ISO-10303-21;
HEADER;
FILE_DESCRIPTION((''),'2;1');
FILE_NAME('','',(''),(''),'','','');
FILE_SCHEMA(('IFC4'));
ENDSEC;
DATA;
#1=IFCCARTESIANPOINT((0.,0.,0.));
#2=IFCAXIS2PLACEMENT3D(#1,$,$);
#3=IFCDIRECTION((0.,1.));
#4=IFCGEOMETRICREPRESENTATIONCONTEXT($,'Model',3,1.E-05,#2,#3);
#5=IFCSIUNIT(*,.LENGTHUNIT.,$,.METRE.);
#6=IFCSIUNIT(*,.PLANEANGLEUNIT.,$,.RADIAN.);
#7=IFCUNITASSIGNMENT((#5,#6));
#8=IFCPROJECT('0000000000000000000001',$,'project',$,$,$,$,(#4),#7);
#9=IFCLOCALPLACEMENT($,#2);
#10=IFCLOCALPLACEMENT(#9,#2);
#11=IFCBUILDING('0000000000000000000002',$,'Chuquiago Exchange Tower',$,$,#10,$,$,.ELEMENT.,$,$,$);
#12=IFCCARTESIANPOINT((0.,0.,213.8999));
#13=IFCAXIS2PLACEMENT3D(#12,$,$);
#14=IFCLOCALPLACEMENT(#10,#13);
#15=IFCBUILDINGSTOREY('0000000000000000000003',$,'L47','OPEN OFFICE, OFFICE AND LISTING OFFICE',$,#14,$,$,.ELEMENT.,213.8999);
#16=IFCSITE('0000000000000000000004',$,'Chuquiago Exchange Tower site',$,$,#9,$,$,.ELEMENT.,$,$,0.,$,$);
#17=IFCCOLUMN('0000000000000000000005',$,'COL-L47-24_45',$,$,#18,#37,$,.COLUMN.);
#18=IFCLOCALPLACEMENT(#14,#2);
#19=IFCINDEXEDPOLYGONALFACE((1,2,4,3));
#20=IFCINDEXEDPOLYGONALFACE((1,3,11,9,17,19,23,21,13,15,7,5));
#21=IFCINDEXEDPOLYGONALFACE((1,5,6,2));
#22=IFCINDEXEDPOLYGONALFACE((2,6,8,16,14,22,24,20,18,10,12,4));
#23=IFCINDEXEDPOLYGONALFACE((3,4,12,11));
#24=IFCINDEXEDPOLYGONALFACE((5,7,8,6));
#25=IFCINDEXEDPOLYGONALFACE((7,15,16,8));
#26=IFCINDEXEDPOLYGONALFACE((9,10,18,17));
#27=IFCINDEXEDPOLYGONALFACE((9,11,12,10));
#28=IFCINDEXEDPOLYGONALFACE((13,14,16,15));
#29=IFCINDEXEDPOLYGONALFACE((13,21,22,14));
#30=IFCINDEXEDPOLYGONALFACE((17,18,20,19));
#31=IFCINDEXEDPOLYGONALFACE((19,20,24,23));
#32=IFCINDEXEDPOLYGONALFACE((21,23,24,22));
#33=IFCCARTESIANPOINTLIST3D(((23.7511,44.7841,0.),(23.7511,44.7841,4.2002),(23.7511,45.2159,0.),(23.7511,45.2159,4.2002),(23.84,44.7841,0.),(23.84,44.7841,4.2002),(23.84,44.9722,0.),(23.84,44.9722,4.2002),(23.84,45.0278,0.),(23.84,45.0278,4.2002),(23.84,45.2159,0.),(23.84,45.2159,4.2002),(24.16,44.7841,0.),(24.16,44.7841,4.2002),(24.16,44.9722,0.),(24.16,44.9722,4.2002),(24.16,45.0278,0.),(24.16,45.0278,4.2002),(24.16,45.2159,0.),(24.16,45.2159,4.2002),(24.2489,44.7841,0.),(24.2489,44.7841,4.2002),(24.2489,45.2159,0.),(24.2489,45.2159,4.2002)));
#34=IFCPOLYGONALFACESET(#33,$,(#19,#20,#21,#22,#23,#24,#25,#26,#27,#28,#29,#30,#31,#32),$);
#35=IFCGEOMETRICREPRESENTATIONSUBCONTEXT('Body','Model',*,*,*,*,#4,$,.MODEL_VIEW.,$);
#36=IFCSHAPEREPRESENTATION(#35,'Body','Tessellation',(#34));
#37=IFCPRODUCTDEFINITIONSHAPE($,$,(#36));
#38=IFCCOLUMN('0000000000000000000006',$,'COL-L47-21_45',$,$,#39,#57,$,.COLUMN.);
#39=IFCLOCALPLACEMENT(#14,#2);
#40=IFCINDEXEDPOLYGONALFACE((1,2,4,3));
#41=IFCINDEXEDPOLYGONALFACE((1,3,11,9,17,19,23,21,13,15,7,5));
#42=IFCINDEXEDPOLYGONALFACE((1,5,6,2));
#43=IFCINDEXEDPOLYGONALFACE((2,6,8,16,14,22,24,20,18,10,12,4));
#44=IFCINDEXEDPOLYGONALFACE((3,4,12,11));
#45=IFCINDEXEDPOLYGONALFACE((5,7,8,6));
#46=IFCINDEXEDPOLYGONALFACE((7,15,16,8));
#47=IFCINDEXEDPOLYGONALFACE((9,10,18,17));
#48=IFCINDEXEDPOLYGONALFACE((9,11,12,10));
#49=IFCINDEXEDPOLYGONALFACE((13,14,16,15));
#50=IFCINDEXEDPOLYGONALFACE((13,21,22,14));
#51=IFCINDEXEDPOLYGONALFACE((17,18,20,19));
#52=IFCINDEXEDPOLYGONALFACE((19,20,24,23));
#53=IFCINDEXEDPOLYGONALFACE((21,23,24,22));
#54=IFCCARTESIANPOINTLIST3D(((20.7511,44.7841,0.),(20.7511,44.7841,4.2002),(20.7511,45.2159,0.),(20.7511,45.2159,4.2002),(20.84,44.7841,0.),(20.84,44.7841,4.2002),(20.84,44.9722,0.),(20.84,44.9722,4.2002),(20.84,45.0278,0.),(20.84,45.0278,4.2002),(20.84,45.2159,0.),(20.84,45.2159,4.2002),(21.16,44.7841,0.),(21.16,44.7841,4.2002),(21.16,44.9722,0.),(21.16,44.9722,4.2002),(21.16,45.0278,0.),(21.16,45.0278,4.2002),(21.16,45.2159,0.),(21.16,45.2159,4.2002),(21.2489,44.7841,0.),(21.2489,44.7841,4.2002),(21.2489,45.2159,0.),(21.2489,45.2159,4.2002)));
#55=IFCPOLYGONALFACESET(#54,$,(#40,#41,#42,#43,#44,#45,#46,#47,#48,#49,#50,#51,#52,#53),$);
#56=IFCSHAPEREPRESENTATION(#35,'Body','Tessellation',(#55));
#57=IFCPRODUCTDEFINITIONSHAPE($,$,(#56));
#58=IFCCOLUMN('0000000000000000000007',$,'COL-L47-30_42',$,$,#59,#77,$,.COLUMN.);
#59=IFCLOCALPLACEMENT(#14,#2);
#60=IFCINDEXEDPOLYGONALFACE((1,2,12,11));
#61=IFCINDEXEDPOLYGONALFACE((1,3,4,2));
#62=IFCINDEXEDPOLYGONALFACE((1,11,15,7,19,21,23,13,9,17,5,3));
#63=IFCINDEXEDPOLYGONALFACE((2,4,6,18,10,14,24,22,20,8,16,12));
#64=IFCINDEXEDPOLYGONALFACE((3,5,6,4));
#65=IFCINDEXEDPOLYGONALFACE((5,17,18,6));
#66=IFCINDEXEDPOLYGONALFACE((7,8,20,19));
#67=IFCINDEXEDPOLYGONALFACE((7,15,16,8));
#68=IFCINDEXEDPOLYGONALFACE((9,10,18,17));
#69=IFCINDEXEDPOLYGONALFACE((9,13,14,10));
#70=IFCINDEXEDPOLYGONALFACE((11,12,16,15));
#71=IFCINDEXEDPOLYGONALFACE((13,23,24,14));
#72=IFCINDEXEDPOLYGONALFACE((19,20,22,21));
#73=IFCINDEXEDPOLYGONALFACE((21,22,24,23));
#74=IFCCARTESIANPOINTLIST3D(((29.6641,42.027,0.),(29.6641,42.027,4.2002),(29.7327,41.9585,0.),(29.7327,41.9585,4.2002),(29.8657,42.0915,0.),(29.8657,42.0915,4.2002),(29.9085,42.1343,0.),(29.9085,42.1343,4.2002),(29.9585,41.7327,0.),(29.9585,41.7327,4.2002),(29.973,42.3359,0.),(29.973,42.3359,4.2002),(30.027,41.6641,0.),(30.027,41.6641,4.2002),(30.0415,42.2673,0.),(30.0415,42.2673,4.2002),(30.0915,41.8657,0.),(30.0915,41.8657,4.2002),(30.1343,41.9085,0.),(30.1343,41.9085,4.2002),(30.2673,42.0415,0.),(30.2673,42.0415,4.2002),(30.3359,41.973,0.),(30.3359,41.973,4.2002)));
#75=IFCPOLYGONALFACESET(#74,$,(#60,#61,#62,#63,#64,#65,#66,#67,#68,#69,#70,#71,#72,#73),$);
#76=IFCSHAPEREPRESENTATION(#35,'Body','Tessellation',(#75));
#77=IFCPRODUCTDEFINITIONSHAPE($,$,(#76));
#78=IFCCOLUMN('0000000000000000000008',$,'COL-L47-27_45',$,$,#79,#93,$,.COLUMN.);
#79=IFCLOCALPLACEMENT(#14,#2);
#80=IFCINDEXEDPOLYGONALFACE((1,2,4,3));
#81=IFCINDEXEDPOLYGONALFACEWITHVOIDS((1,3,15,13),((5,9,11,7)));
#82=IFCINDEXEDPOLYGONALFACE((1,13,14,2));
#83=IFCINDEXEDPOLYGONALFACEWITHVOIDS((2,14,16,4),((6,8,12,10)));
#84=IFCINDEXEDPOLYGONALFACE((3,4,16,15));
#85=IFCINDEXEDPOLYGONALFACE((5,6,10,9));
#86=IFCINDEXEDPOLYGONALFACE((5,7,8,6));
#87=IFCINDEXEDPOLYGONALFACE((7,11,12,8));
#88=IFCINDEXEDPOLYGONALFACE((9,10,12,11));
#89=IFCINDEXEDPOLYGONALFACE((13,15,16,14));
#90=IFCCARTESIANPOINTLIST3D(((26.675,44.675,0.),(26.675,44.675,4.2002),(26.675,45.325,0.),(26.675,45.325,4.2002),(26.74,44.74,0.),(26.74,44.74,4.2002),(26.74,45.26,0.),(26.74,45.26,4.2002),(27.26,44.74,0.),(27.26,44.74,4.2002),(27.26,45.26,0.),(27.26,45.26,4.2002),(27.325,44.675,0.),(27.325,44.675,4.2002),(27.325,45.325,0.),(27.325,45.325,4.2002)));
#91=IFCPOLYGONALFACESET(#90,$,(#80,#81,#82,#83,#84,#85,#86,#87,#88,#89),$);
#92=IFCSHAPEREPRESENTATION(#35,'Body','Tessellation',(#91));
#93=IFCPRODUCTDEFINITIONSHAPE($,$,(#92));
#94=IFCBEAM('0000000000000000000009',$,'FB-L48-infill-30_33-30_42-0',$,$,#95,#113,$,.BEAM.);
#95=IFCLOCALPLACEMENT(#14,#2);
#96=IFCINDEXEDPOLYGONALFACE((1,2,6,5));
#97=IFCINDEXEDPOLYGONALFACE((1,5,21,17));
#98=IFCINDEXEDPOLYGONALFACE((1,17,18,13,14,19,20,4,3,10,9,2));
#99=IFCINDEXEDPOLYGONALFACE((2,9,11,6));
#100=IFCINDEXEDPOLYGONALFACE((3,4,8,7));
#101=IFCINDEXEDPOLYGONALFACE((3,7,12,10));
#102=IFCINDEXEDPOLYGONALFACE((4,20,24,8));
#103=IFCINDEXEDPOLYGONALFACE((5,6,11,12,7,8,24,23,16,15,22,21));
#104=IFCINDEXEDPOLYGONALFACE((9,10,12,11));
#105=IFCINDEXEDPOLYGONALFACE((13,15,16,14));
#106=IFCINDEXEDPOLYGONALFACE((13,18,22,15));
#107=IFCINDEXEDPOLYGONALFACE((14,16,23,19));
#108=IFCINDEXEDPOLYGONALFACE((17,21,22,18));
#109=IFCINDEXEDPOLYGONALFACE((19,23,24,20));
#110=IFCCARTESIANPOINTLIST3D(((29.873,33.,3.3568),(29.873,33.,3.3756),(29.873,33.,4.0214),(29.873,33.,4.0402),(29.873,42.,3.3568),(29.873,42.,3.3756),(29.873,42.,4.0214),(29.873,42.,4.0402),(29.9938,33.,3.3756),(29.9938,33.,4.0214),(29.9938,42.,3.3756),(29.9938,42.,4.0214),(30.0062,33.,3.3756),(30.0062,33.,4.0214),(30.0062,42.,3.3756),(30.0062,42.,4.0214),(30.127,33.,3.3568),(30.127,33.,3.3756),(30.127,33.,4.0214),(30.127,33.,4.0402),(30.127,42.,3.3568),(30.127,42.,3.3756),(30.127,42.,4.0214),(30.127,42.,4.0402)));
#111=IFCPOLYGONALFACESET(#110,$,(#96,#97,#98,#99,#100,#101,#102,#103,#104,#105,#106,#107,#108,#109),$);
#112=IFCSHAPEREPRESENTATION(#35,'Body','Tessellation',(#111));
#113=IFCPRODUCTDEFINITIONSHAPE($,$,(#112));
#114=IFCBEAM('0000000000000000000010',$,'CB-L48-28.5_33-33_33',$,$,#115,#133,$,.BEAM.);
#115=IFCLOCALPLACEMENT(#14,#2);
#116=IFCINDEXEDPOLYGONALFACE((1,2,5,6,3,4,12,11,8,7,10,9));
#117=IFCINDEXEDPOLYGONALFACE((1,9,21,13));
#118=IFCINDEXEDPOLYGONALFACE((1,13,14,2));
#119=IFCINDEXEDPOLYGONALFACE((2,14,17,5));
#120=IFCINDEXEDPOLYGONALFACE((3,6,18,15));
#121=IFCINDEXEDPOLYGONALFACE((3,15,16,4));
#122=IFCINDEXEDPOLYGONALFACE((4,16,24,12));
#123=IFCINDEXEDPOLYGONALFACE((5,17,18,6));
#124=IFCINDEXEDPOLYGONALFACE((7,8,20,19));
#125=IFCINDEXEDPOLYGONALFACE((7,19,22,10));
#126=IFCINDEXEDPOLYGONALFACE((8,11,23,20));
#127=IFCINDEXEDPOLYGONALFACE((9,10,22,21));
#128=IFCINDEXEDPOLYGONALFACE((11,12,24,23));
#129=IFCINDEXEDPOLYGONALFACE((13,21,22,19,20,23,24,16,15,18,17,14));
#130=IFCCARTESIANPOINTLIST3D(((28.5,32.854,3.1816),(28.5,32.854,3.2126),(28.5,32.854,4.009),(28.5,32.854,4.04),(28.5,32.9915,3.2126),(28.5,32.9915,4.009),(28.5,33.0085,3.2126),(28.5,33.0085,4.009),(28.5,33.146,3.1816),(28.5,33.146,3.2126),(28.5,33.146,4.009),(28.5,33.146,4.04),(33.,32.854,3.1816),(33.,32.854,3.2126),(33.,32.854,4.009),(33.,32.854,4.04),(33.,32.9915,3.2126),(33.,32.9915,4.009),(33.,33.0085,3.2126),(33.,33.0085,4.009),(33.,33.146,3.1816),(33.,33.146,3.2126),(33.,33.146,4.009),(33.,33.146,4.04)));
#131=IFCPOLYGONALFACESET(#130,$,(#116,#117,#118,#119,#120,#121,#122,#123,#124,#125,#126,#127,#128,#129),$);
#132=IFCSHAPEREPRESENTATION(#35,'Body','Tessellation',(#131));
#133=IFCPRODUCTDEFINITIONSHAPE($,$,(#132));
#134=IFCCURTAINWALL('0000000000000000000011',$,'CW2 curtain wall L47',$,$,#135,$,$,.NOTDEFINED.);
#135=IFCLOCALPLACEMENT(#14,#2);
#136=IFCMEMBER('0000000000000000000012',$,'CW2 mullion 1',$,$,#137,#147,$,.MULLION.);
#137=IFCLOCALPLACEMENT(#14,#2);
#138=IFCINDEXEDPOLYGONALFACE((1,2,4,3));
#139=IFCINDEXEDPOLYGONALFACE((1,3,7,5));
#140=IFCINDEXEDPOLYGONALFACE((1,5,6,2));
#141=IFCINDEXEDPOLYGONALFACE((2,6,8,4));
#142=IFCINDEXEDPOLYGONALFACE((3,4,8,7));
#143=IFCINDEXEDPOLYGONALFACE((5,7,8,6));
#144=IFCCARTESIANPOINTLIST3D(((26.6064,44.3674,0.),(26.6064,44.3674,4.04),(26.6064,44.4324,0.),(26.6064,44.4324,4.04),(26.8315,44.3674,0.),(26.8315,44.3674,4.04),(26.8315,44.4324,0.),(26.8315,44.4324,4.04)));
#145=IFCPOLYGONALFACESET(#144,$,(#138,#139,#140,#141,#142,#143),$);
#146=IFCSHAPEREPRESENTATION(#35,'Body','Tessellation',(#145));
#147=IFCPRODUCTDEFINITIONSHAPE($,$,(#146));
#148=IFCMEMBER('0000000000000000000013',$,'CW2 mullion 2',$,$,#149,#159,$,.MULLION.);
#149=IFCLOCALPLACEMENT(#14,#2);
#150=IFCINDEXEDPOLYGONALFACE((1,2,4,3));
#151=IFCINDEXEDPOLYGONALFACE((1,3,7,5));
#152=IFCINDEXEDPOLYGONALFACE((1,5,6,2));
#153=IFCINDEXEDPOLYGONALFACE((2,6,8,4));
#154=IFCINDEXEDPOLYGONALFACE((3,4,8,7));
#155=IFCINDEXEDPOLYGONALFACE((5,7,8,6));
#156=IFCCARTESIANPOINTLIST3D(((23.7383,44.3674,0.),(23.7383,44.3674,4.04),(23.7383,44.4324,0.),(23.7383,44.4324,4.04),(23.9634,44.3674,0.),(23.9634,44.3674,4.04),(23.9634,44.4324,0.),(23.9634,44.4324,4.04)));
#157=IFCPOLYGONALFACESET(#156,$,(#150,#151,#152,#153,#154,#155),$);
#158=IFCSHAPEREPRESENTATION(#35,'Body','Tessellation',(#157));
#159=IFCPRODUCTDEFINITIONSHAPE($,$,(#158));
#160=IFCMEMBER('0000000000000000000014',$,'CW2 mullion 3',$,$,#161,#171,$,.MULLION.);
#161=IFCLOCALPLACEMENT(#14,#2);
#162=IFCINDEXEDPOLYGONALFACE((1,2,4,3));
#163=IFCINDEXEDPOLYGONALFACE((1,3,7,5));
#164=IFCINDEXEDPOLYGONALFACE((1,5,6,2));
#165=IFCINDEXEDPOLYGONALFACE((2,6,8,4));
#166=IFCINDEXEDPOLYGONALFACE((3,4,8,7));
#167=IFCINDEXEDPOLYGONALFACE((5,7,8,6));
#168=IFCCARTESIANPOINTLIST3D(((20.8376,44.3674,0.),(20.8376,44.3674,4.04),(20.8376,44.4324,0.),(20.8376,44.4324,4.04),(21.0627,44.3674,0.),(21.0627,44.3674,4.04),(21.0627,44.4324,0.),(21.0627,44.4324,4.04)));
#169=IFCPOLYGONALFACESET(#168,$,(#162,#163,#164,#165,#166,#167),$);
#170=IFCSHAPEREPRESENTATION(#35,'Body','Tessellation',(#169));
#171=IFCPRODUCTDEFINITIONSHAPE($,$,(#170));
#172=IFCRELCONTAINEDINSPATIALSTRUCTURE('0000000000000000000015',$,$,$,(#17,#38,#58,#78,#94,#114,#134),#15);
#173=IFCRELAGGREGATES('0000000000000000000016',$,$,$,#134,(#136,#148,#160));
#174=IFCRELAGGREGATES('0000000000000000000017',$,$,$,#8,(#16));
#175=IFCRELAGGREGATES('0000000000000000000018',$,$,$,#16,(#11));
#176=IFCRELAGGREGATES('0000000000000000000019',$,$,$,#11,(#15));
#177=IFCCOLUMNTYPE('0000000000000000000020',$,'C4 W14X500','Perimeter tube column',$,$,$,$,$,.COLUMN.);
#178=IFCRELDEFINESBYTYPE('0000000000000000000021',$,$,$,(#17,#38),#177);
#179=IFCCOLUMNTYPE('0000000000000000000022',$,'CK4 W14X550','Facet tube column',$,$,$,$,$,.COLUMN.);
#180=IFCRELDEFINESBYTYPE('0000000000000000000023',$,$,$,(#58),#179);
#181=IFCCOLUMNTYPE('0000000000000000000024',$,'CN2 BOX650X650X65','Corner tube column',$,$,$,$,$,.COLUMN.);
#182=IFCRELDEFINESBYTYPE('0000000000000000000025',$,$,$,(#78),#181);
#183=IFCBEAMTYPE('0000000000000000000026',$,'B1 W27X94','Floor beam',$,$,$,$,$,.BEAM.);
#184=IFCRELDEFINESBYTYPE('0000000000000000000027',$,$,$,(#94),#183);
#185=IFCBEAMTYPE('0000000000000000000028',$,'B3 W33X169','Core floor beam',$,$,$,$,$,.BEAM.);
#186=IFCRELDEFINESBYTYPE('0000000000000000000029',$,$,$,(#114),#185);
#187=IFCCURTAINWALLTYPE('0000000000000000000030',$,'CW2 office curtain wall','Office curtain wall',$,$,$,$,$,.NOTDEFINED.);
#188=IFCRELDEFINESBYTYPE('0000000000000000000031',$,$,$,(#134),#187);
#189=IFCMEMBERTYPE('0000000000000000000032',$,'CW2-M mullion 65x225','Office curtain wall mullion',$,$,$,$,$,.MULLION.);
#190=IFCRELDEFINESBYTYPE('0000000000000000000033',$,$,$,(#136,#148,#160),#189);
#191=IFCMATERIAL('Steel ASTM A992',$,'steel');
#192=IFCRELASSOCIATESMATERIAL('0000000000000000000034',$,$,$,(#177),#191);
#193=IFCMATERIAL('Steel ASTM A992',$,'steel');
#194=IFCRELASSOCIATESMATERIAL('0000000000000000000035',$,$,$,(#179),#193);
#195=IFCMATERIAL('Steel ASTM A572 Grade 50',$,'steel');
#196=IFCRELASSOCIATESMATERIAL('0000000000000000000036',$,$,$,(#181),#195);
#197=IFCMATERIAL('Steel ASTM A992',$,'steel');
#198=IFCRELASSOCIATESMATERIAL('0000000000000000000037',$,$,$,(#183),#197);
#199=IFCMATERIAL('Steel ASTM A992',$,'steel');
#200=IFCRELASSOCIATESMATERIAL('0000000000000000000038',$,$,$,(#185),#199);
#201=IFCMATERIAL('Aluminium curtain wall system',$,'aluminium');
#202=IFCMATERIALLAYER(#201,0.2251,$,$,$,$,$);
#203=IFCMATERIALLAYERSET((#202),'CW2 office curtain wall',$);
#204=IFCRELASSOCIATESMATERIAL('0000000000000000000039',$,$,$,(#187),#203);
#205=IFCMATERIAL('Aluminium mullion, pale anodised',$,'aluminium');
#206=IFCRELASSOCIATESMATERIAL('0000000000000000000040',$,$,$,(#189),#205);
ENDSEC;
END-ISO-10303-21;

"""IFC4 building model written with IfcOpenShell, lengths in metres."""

from ifc_helpers import new_model, si_unit, direction, frame, origin, origin_2d, place, context, subcontext, project, spatial, rectangle, hollow_rectangle, i_section, extrude, material, layer, layer_set, material_profile, profile_set, type_object, element, aggregate, save


model = new_model("IFC4")

# Units and contexts
model_context = context("Model", 3, precision=1e-05, world=origin(), true_north=direction((0.0, 1.0)))
body_context = subcontext(model_context, "Body", "Model", "MODEL_VIEW")
ifc_project = project(units=[si_unit("LENGTHUNIT", "METRE"), si_unit("PLANEANGLEUNIT", "RADIAN")], contexts=[model_context])

# Site, building, storey
site_placement = place(None, origin())
site = spatial("IfcSite", under=ifc_project, at=site_placement, Name="Chuquiago Exchange Tower site", CompositionType="ELEMENT", RefElevation=0.0)
building_placement = place(site_placement, origin())
building = spatial("IfcBuilding", under=site, at=building_placement, Name="Chuquiago Exchange Tower", CompositionType="ELEMENT")
storey_placement = place(building_placement, frame((0.0, 0.0, 213.8999)))
storey = spatial("IfcBuildingStorey", under=building, at=storey_placement, Name="L47", Description="OPEN OFFICE, OFFICE AND LISTING OFFICE", CompositionType="ELEMENT", Elevation=213.8999)

# Columns
ifc_material_1 = material(Name="Steel ASTM A992", Category="steel")
ifc_material_profile_1 = material_profile(ifc_material_1, i_section(OverallWidth=0.4319, OverallDepth=0.4978, WebThickness=0.0557, FlangeThickness=0.0889, at=origin_2d()), Name="W14X500")
ifc_profile_set_1 = profile_set([ifc_material_profile_1], Name="Steel ASTM A992")
column_type_1 = type_object("IfcColumnType", Name="C4 W14X500", Description="Perimeter tube column", PredefinedType="COLUMN", material=ifc_profile_set_1)
for number, where, z_axis, x_axis, name in (
    (1, (24.0, 45.0, 0.0), (0.0, 0.0, 1.0), (0.0, 1.0, 0.0), "COL-L47-24_45"),
    (2, (21.0, 45.0, 0.0), (0.0, 0.0, 1.0), (0.0, 1.0, 0.0), "COL-L47-21_45"),
):
    element("IfcColumn", number, at=place(storey_placement, frame(where, z_axis=z_axis, x_axis=x_axis)), inside=storey, type_object=column_type_1, Name=name, PredefinedType="COLUMN", context=body_context, shape_type="SweptSolid", body=[
        extrude(i_section(OverallWidth=0.4319, OverallDepth=0.4978, WebThickness=0.0557, FlangeThickness=0.0889, at=origin_2d()), origin(), (0.0, 0.0, 1.0), 4.2002),
    ])
ifc_material_2 = material(Name="Steel ASTM A992", Category="steel")
ifc_material_profile_2 = material_profile(ifc_material_2, i_section(OverallWidth=0.4368, OverallDepth=0.5132, WebThickness=0.0605, FlangeThickness=0.0969, at=origin_2d()), Name="W14X550")
ifc_profile_set_2 = profile_set([ifc_material_profile_2], Name="Steel ASTM A992")
column_type_2 = type_object("IfcColumnType", Name="CK4 W14X550", Description="Facet tube column", PredefinedType="COLUMN", material=ifc_profile_set_2)
column_1_placement = place(storey_placement, frame((30.0, 42.0, 0.0), z_axis=(0.0, 0.0, 1.0), x_axis=(0.707107, 0.707107, 0.0)))
element("IfcColumn", 3, at=column_1_placement, inside=storey, type_object=column_type_2, Name="COL-L47-30_42", PredefinedType="COLUMN", context=body_context, shape_type="SweptSolid", body=[
    extrude(i_section(OverallWidth=0.4368, OverallDepth=0.5132, WebThickness=0.0605, FlangeThickness=0.0969, at=origin_2d()), origin(), (0.0, 0.0, 1.0), 4.2002),
])
ifc_material_3 = material(Name="Steel ASTM A572 Grade 50", Category="steel")
ifc_material_profile_3 = material_profile(ifc_material_3, hollow_rectangle(XDim=0.6499, YDim=0.6499, WallThickness=0.0649, at=origin_2d()), Name="BOX650X650X65")
ifc_profile_set_3 = profile_set([ifc_material_profile_3], Name="Steel ASTM A572 Grade 50")
column_type_3 = type_object("IfcColumnType", Name="CN2 BOX650X650X65", Description="Corner tube column", PredefinedType="COLUMN", material=ifc_profile_set_3)
column_2_placement = place(storey_placement, frame((27.0, 45.0, 0.0), z_axis=(0.0, 0.0, 1.0), x_axis=(0.0, 1.0, 0.0)))
element("IfcColumn", 4, at=column_2_placement, inside=storey, type_object=column_type_3, Name="COL-L47-27_45", PredefinedType="COLUMN", context=body_context, shape_type="SweptSolid", body=[
    extrude(hollow_rectangle(XDim=0.6499, YDim=0.6499, WallThickness=0.0649, at=origin_2d()), origin(), (0.0, 0.0, 1.0), 4.2002),
])

# Beams
ifc_material_4 = material(Name="Steel ASTM A992", Category="steel")
ifc_material_profile_4 = material_profile(ifc_material_4, i_section(OverallWidth=0.2539, OverallDepth=0.6833, WebThickness=0.0125, FlangeThickness=0.0188, at=origin_2d()), Name="W27X94")
ifc_profile_set_4 = profile_set([ifc_material_profile_4], Name="Steel ASTM A992")
beam_type_1 = type_object("IfcBeamType", Name="B1 W27X94", Description="Floor beam", PredefinedType="BEAM", material=ifc_profile_set_4)
beam_1_placement = place(storey_placement, frame((30.0, 33.0, 3.6985), z_axis=(0.0, 1.0, 0.0), x_axis=(-1.0, 0.0, 0.0)))
element("IfcBeam", 5, at=beam_1_placement, inside=storey, type_object=beam_type_1, Name="FB-L48-infill-30_33-30_42-0", PredefinedType="BEAM", context=body_context, shape_type="SweptSolid", body=[
    extrude(i_section(OverallWidth=0.2539, OverallDepth=0.6833, WebThickness=0.0125, FlangeThickness=0.0188, at=origin_2d()), origin(), (0.0, 0.0, 1.0), 9.0),
])
ifc_material_5 = material(Name="Steel ASTM A992", Category="steel")
ifc_material_profile_5 = material_profile(ifc_material_5, i_section(OverallWidth=0.292, OverallDepth=0.8584, WebThickness=0.0171, FlangeThickness=0.031, at=origin_2d()), Name="W33X169")
ifc_profile_set_5 = profile_set([ifc_material_profile_5], Name="Steel ASTM A992")
beam_type_2 = type_object("IfcBeamType", Name="B3 W33X169", Description="Core floor beam", PredefinedType="BEAM", material=ifc_profile_set_5)
beam_2_placement = place(storey_placement, frame((28.5, 33.0, 3.6108), z_axis=(1.0, 0.0, 0.0), x_axis=(0.0, 1.0, 0.0)))
element("IfcBeam", 6, at=beam_2_placement, inside=storey, type_object=beam_type_2, Name="CB-L48-28.5_33-33_33", PredefinedType="BEAM", context=body_context, shape_type="SweptSolid", body=[
    extrude(i_section(OverallWidth=0.292, OverallDepth=0.8584, WebThickness=0.0171, FlangeThickness=0.031, at=origin_2d()), origin(), (0.0, 0.0, 1.0), 4.5),
])

# Curtain wall, members
ifc_material_6 = material(Name="Aluminium curtain wall system", Category="aluminium")
ifc_layer_1 = layer(ifc_material_6, 0.2251)
ifc_layer_set_1 = layer_set([ifc_layer_1], Name="CW2 office curtain wall")
curtain_wall_type_1 = type_object("IfcCurtainWallType", Name="CW2 office curtain wall", Description="Office curtain wall", PredefinedType="NOTDEFINED", material=ifc_layer_set_1)
curtain_wall_1_placement = place(storey_placement, origin())
curtain_wall_1 = element("IfcCurtainWall", 7, at=curtain_wall_1_placement, inside=storey, type_object=curtain_wall_type_1, Name="CW2 curtain wall L47", PredefinedType="NOTDEFINED")
ifc_material_7 = material(Name="Aluminium mullion, pale anodised", Category="aluminium")
ifc_material_profile_6 = material_profile(ifc_material_7, rectangle(XDim=0.0649, YDim=0.2251, at=origin_2d()), Name="AL 65x225")
ifc_profile_set_6 = profile_set([ifc_material_profile_6], Name="Aluminium mullion, pale anodised")
member_type_1 = type_object("IfcMemberType", Name="CW2-M mullion 65x225", Description="Office curtain wall mullion", PredefinedType="MULLION", material=ifc_profile_set_6)
member_1_placement = place(storey_placement, frame((26.719, 44.3999, 0.0), z_axis=(0.0, 0.0, 1.0), x_axis=(0.0, -1.0, 0.0)))
member_1 = element("IfcMember", 8, at=member_1_placement, type_object=member_type_1, Name="CW2 mullion 1", PredefinedType="MULLION", context=body_context, shape_type="SweptSolid", body=[
    extrude(rectangle(XDim=0.0649, YDim=0.2251, at=origin_2d()), origin(), (0.0, 0.0, 1.0), 4.04),
])
member_2_placement = place(storey_placement, frame((23.8508, 44.3999, 0.0), z_axis=(0.0, 0.0, 1.0), x_axis=(0.0, -1.0, 0.0)))
member_2 = element("IfcMember", 9, at=member_2_placement, type_object=member_type_1, Name="CW2 mullion 2", PredefinedType="MULLION", context=body_context, shape_type="SweptSolid", body=[
    extrude(rectangle(XDim=0.0649, YDim=0.2251, at=origin_2d()), origin(), (0.0, 0.0, 1.0), 4.04),
])
member_3_placement = place(storey_placement, frame((20.9502, 44.3999, 0.0), z_axis=(0.0, 0.0, 1.0), x_axis=(0.0, -1.0, 0.0)))
member_3 = element("IfcMember", 10, at=member_3_placement, type_object=member_type_1, Name="CW2 mullion 3", PredefinedType="MULLION", context=body_context, shape_type="SweptSolid", body=[
    extrude(rectangle(XDim=0.0649, YDim=0.2251, at=origin_2d()), origin(), (0.0, 0.0, 1.0), 4.04),
])

aggregate(curtain_wall_1, [member_1, member_2, member_3])

save(model, "model.ifc")
